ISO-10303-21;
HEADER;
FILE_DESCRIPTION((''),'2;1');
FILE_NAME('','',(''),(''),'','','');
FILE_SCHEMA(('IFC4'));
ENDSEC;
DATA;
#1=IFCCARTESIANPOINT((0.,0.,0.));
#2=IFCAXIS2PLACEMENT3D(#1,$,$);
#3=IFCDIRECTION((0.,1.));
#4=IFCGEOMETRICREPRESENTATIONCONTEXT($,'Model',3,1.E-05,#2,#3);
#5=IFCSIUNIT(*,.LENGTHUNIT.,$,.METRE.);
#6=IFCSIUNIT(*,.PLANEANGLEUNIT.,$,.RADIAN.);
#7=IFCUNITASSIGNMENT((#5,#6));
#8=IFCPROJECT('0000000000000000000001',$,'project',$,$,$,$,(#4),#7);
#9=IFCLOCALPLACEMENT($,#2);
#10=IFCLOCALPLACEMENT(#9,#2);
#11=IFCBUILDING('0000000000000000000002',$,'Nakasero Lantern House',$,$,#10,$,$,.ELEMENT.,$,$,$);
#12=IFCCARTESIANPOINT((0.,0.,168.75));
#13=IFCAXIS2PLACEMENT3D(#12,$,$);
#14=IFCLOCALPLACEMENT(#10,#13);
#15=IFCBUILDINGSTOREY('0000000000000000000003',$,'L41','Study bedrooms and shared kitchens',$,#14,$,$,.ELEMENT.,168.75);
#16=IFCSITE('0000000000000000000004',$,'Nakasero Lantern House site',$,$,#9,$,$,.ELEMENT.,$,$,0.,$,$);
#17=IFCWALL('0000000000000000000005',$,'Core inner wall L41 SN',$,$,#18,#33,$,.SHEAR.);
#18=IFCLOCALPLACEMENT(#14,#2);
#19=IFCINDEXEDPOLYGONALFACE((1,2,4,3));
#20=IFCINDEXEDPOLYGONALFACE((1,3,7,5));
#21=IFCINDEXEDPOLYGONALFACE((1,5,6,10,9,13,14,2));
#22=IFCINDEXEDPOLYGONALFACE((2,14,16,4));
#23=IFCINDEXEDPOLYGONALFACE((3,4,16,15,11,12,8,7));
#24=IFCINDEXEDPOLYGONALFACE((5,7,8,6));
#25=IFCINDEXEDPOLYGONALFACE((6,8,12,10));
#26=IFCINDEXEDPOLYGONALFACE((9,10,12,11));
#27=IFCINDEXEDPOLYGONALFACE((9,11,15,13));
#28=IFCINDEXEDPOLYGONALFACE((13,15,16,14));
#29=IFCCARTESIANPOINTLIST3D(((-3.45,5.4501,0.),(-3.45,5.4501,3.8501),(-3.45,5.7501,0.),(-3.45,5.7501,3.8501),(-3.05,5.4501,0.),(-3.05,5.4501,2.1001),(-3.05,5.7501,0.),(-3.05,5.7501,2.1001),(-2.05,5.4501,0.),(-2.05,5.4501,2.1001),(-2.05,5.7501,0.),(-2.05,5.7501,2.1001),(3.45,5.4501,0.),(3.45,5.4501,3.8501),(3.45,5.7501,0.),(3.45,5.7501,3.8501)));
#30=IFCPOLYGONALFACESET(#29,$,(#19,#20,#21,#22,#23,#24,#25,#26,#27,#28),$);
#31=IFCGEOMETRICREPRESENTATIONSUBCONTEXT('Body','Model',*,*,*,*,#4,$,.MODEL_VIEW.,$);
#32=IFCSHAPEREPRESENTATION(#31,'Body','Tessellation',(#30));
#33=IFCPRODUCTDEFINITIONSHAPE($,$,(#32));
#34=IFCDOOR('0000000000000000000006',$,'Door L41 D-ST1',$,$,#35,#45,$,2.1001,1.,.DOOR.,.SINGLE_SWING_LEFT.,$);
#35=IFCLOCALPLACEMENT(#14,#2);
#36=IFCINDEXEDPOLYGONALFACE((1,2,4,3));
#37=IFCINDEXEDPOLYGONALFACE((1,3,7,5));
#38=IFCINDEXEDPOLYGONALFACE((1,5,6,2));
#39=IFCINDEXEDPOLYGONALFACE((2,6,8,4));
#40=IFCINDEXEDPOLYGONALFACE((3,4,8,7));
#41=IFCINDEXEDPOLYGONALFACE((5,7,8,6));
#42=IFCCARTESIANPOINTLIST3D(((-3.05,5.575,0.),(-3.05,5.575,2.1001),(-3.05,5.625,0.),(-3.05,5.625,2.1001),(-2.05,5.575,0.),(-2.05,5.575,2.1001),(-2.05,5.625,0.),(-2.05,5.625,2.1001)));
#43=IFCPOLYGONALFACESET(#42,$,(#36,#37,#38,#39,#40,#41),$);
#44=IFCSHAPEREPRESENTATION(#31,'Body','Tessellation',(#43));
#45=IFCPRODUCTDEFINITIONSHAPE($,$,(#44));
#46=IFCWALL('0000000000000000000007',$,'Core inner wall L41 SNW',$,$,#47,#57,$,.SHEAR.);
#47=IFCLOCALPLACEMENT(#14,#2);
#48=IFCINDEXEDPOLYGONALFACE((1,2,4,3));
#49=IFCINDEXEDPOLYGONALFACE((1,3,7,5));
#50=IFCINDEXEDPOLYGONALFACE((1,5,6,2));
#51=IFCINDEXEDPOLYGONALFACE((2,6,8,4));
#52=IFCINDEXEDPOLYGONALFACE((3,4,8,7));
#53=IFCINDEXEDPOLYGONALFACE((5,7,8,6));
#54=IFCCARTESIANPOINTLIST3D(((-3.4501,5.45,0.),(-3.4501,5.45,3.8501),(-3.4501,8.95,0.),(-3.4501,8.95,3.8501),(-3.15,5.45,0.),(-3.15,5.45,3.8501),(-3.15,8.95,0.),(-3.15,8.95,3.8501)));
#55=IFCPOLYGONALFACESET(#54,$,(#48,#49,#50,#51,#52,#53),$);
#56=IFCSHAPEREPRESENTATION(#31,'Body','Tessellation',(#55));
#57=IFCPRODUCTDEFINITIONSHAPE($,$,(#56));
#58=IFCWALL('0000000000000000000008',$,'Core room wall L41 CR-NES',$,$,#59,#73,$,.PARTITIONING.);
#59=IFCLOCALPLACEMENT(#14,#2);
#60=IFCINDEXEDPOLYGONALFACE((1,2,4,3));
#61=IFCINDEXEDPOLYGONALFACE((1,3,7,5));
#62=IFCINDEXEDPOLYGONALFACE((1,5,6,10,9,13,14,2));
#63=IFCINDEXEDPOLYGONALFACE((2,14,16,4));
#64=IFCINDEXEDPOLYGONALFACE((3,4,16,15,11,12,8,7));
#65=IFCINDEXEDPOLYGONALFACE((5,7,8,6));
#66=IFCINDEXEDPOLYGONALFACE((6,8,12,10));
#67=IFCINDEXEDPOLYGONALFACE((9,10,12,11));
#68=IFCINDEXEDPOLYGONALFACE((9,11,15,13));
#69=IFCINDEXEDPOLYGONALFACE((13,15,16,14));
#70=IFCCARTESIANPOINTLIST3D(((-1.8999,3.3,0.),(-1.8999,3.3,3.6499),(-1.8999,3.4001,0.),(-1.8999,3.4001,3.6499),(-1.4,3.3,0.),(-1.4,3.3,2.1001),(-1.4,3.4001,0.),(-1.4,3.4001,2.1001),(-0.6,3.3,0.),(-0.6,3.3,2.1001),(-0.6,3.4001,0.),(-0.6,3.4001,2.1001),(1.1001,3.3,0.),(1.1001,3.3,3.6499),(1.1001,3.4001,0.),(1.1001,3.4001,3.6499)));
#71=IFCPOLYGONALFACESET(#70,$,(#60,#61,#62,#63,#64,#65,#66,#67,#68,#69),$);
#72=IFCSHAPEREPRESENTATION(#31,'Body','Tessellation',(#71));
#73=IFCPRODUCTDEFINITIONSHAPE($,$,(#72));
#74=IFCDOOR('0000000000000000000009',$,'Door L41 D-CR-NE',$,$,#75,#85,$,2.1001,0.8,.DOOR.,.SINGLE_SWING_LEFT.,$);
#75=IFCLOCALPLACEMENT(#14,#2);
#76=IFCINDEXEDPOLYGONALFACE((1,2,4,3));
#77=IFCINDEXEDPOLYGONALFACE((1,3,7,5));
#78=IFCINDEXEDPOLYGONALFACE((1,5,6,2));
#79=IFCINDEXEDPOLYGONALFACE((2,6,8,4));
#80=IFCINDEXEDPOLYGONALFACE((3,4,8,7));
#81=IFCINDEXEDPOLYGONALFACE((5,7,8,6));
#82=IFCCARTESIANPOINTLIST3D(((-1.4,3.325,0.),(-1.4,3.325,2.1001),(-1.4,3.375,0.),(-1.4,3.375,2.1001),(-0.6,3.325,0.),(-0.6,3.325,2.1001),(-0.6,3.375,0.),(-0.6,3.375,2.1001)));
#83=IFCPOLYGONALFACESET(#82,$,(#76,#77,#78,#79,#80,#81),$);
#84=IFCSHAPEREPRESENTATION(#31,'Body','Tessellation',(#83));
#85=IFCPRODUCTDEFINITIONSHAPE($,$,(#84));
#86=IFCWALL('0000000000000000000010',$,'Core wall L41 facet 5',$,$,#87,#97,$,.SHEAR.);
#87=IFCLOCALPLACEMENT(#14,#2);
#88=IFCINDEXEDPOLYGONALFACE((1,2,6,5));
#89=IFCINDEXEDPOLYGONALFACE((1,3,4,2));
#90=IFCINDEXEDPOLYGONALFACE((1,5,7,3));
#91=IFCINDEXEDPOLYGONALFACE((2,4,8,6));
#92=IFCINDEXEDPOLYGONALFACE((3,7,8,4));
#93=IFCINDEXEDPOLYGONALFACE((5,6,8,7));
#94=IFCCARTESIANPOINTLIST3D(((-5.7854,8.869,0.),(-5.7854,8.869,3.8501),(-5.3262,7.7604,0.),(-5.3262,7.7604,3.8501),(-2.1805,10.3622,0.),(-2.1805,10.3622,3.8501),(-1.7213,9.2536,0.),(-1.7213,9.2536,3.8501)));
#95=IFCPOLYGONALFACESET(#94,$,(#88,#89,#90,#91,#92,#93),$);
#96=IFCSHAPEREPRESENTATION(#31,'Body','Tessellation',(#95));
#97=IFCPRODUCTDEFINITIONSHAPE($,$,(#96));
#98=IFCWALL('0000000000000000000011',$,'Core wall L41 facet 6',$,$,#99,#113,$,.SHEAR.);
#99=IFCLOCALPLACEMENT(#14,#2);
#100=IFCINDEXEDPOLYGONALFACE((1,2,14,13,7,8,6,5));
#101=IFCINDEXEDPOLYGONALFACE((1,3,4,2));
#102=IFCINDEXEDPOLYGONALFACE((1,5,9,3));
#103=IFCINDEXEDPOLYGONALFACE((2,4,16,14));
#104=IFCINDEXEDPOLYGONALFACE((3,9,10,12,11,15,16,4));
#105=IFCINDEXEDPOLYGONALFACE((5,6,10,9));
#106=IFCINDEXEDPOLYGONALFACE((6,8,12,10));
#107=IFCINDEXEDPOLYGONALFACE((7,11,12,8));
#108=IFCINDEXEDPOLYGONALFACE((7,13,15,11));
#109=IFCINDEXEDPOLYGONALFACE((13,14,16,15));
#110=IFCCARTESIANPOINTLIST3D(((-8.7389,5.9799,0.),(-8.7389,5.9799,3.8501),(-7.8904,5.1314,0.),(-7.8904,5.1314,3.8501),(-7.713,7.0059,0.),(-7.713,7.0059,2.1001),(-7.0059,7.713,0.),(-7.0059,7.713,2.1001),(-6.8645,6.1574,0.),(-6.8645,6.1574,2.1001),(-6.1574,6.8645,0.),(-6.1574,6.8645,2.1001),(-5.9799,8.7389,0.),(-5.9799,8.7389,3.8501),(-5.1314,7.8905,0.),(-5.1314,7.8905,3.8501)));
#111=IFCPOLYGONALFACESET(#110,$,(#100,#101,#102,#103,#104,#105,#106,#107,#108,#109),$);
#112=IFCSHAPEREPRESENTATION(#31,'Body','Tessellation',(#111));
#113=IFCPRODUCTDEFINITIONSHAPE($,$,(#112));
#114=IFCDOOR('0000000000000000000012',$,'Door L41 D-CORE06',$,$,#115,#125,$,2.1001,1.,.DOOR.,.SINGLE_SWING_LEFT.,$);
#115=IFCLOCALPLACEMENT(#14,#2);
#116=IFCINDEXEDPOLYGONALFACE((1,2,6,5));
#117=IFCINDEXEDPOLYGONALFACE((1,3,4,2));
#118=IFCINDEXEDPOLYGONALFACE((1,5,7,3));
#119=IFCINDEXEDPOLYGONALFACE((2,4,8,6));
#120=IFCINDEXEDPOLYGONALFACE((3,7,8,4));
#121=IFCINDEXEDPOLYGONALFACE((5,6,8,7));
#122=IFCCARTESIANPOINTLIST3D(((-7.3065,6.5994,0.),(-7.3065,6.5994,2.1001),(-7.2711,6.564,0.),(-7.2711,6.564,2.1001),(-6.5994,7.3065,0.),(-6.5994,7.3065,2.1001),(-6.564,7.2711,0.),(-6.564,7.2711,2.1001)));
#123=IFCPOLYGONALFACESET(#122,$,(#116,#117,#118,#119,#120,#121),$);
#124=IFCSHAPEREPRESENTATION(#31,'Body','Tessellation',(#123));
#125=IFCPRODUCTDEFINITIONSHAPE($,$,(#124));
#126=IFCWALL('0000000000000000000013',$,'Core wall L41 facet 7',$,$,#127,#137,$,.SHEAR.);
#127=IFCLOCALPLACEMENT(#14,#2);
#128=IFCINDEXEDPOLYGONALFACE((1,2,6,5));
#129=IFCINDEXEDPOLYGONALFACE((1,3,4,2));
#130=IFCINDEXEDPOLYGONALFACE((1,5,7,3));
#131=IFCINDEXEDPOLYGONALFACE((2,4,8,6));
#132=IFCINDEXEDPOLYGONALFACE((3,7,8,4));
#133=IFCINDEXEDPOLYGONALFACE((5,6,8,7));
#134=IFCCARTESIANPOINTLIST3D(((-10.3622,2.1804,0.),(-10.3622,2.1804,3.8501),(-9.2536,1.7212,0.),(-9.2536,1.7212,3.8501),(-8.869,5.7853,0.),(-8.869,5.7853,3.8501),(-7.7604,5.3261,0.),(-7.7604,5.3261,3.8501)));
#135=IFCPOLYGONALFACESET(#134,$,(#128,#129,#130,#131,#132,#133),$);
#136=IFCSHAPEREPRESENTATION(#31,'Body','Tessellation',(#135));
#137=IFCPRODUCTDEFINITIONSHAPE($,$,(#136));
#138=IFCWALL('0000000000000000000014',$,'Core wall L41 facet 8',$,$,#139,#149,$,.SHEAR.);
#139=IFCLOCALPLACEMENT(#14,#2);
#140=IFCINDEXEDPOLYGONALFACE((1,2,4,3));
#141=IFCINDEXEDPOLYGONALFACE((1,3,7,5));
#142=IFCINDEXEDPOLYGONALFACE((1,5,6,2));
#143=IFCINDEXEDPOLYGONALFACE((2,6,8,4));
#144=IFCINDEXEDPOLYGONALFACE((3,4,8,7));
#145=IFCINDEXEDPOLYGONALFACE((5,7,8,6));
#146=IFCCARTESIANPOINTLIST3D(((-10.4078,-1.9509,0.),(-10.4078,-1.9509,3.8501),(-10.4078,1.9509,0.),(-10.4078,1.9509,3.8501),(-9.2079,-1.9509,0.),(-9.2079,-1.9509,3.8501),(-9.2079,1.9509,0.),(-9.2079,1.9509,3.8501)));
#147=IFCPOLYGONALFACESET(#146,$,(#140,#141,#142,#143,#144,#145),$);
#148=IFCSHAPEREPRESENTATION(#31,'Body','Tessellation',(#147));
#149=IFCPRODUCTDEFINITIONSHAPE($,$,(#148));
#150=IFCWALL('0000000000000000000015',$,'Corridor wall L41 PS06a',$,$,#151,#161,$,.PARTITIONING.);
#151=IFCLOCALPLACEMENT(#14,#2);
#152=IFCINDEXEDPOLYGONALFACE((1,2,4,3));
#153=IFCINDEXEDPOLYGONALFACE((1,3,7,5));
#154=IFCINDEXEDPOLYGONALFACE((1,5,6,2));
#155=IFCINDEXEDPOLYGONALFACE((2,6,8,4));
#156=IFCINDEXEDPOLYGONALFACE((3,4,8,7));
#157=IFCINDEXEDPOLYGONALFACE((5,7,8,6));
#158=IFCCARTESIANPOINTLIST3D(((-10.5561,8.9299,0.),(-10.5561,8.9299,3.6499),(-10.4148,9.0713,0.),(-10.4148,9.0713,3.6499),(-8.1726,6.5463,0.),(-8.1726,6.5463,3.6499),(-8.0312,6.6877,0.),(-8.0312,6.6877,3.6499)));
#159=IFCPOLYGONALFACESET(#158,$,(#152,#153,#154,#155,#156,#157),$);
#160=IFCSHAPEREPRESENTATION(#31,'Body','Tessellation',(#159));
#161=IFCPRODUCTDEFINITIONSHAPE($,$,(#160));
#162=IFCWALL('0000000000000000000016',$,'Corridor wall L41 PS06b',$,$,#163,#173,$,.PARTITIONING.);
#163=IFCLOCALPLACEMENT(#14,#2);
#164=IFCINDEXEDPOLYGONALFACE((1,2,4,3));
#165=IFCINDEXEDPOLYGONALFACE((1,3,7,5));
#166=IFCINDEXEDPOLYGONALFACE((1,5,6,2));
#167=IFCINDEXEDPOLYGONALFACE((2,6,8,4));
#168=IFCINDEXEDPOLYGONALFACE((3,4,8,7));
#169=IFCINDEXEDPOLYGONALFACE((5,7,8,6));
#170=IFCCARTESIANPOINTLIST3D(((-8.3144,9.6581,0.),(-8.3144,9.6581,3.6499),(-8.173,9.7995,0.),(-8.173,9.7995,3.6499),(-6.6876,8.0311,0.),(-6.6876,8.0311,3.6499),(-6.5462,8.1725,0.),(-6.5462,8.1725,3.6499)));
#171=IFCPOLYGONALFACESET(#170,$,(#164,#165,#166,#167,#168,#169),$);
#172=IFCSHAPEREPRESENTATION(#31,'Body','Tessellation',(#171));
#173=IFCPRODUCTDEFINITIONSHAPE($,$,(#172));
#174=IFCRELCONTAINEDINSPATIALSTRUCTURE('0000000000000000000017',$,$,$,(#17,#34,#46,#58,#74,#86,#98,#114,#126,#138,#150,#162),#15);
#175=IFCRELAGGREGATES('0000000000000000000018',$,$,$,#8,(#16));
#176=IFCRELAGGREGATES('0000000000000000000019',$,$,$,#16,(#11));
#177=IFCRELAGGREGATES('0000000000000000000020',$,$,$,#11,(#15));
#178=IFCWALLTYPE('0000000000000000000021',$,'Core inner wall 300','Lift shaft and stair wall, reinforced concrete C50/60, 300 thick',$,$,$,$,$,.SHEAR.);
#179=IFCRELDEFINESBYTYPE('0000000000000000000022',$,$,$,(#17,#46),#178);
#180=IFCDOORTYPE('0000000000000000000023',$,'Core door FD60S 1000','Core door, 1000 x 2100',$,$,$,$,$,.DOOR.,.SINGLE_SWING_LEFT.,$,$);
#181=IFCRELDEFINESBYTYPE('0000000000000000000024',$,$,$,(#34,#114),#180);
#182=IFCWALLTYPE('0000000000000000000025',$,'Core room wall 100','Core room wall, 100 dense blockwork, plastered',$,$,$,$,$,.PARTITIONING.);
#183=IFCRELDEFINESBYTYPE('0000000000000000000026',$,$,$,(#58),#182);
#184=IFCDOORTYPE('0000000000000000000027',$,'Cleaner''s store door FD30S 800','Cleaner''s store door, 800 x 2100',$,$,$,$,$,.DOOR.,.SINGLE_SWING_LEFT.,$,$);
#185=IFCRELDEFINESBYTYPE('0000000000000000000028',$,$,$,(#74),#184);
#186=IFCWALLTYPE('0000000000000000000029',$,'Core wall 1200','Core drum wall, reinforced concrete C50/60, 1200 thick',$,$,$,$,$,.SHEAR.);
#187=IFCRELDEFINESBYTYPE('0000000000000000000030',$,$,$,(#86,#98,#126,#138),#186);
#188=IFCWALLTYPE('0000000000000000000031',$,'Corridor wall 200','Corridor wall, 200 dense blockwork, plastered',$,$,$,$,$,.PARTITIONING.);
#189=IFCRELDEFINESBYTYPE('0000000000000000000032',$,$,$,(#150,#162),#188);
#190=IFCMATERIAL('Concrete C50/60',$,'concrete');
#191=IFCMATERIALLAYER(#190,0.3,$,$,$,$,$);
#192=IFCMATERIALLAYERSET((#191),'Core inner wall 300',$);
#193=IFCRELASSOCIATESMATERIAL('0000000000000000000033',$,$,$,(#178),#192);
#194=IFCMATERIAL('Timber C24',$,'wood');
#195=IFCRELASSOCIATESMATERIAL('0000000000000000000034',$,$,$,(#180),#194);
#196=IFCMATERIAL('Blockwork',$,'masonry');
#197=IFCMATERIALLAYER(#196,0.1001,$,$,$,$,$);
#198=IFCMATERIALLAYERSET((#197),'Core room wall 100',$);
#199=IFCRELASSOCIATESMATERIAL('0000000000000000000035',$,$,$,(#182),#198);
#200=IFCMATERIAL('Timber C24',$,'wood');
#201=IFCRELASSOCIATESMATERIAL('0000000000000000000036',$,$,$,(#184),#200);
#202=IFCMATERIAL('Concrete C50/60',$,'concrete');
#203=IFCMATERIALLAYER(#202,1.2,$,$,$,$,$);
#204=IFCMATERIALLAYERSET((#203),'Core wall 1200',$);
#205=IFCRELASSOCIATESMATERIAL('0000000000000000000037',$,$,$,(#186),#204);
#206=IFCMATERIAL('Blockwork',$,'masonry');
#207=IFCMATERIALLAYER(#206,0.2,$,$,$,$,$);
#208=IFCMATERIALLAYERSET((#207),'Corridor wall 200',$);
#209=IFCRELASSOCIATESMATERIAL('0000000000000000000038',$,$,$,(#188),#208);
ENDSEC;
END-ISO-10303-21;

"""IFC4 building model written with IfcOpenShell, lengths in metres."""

from ifc_helpers import new_model, si_unit, direction, frame, frame_2d, origin, place, context, subcontext, project, spatial, rectangle, extrude, material, layer, layer_set, type_object, element, fill, save


model = new_model("IFC4")

# Units and contexts
model_context = context("Model", 3, precision=1e-05, world=origin(), true_north=direction((0.0, 1.0)))
body_context = subcontext(model_context, "Body", "Model", "MODEL_VIEW")
ifc_project = project(units=[si_unit("LENGTHUNIT", "METRE"), si_unit("PLANEANGLEUNIT", "RADIAN")], contexts=[model_context])

# Site, building, storey
site_placement = place(None, origin())
site = spatial("IfcSite", under=ifc_project, at=site_placement, Name="Nakasero Lantern House site", CompositionType="ELEMENT", RefElevation=0.0)
building_placement = place(site_placement, origin())
building = spatial("IfcBuilding", under=site, at=building_placement, Name="Nakasero Lantern House", CompositionType="ELEMENT")
storey_placement = place(building_placement, frame((0.0, 0.0, 168.75)))
storey = spatial("IfcBuildingStorey", under=building, at=storey_placement, Name="L41", Description="Study bedrooms and shared kitchens", CompositionType="ELEMENT", Elevation=168.75)

# Shared definitions
ifc_material_1 = material(Name="Concrete C50/60", Category="concrete")
ifc_layer_1 = layer(ifc_material_1, 0.3)
ifc_layer_set_1 = layer_set([ifc_layer_1], Name="Core inner wall 300")
wall_type_1 = type_object("IfcWallType", Name="Core inner wall 300", Description="Lift shaft and stair wall, reinforced concrete C50/60, 300 thick", PredefinedType="SHEAR", material=ifc_layer_set_1)

# Wall, opening, door
wall_1_placement = place(storey_placement, frame((-3.45, 5.6001, 0.0), z_axis=(0.0, 0.0, 1.0), x_axis=(1.0, 0.0, 0.0)))
wall_1 = element("IfcWall", 1, at=wall_1_placement, inside=storey, type_object=wall_type_1, Name="Core inner wall L41 SN", PredefinedType="SHEAR", context=body_context, shape_type="SweptSolid", body=[
    extrude(rectangle(XDim=6.8999, YDim=0.3, at=frame_2d((3.45, 0.0))), origin(), (0.0, 0.0, 1.0), 3.8501),
])
opening_1_placement = place(wall_1_placement, frame((0.3999, 0.0, 0.0)))
opening_1 = element("IfcOpeningElement", 2, at=opening_1_placement, cuts=wall_1, PredefinedType="OPENING", context=body_context, shape_type="SweptSolid", body=[
    extrude(rectangle(XDim=1.0, YDim=2.1001, at=frame_2d((0.5, 1.05))), frame((0.0, 0.1699, 0.0), z_axis=(0.0, -1.0, 0.0), x_axis=(1.0, 0.0, 0.0)), (0.0, 0.0, 1.0), 0.3401),
])
ifc_material_2 = material(Name="Timber C24", Category="wood")
door_type_1 = type_object("IfcDoorType", Name="Core door FD60S 1000", Description="Core door, 1000 x 2100", OperationType="SINGLE_SWING_LEFT", PredefinedType="DOOR", material=ifc_material_2)
door_1_placement = place(opening_1_placement, origin())
door_1 = element("IfcDoor", 3, at=door_1_placement, inside=storey, type_object=door_type_1, Name="Door L41 D-ST1", OperationType="SINGLE_SWING_LEFT", OverallHeight=2.1001, OverallWidth=1.0, PredefinedType="DOOR", context=body_context, shape_type="SweptSolid", body=[
    extrude(rectangle(XDim=1.0, YDim=2.1001, at=frame_2d((0.5, 1.05))), frame((0.0, 0.0249, 0.0), z_axis=(0.0, -1.0, 0.0), x_axis=(1.0, 0.0, 0.0)), (0.0, 0.0, 1.0), 0.05),
])
fill(opening_1, door_1)

# Wall
wall_2_placement = place(storey_placement, frame((-3.3, 5.45, 0.0), z_axis=(0.0, 0.0, 1.0), x_axis=(0.0, 1.0, 0.0)))
element("IfcWall", 4, at=wall_2_placement, inside=storey, type_object=wall_type_1, Name="Core inner wall L41 SNW", PredefinedType="SHEAR", context=body_context, shape_type="SweptSolid", body=[
    extrude(rectangle(XDim=3.5, YDim=0.3, at=frame_2d((1.75, 0.0))), origin(), (0.0, 0.0, 1.0), 3.8501),
])

# Wall, opening, door
ifc_material_3 = material(Name="Blockwork", Category="masonry")
ifc_layer_2 = layer(ifc_material_3, 0.1001)
ifc_layer_set_2 = layer_set([ifc_layer_2], Name="Core room wall 100")
wall_type_2 = type_object("IfcWallType", Name="Core room wall 100", Description="Core room wall, 100 dense blockwork, plastered", PredefinedType="PARTITIONING", material=ifc_layer_set_2)
wall_3_placement = place(storey_placement, frame((-1.8999, 3.3501, 0.0), z_axis=(0.0, 0.0, 1.0), x_axis=(1.0, 0.0, 0.0)))
wall_3 = element("IfcWall", 5, at=wall_3_placement, inside=storey, type_object=wall_type_2, Name="Core room wall L41 CR-NES", PredefinedType="PARTITIONING", context=body_context, shape_type="SweptSolid", body=[
    extrude(rectangle(XDim=3.0, YDim=0.1001, at=frame_2d((1.5, 0.0))), origin(), (0.0, 0.0, 1.0), 3.6499),
])
opening_2_placement = place(wall_3_placement, frame((0.5, 0.0, 0.0)))
opening_2 = element("IfcOpeningElement", 6, at=opening_2_placement, cuts=wall_3, PredefinedType="OPENING", context=body_context, shape_type="SweptSolid", body=[
    extrude(rectangle(XDim=0.8, YDim=2.1001, at=frame_2d((0.3999, 1.05))), frame((0.0, 0.0701, 0.0), z_axis=(0.0, -1.0, 0.0), x_axis=(1.0, 0.0, 0.0)), (0.0, 0.0, 1.0), 0.1401),
])
ifc_material_4 = material(Name="Timber C24", Category="wood")
door_type_2 = type_object("IfcDoorType", Name="Cleaner's store door FD30S 800", Description="Cleaner's store door, 800 x 2100", OperationType="SINGLE_SWING_LEFT", PredefinedType="DOOR", material=ifc_material_4)
door_2_placement = place(opening_2_placement, origin())
door_2 = element("IfcDoor", 7, at=door_2_placement, inside=storey, type_object=door_type_2, Name="Door L41 D-CR-NE", OperationType="SINGLE_SWING_LEFT", OverallHeight=2.1001, OverallWidth=0.8, PredefinedType="DOOR", context=body_context, shape_type="SweptSolid", body=[
    extrude(rectangle(XDim=0.8, YDim=2.1001, at=frame_2d((0.3999, 1.05))), frame((0.0, 0.0249, 0.0), z_axis=(0.0, -1.0, 0.0), x_axis=(1.0, 0.0, 0.0)), (0.0, 0.0, 1.0), 0.05),
])
fill(opening_2, door_2)

# Wall
ifc_material_5 = material(Name="Concrete C50/60", Category="concrete")
ifc_layer_3 = layer(ifc_material_5, 1.2)
ifc_layer_set_3 = layer_set([ifc_layer_3], Name="Core wall 1200")
wall_type_3 = type_object("IfcWallType", Name="Core wall 1200", Description="Core drum wall, reinforced concrete C50/60, 1200 thick", PredefinedType="SHEAR", material=ifc_layer_set_3)
wall_4_placement = place(storey_placement, frame((-1.9509, 9.8079, 0.0), z_axis=(0.0, 0.0, 1.0), x_axis=(-0.923877, -0.382691, 0.0)))
element("IfcWall", 8, at=wall_4_placement, inside=storey, type_object=wall_type_3, Name="Core wall L41 facet 5", PredefinedType="SHEAR", context=body_context, shape_type="SweptSolid", body=[
    extrude(rectangle(XDim=3.9019, YDim=1.2, at=frame_2d((1.9509, 0.0))), origin(), (0.0, 0.0, 1.0), 3.8501),
])

# Wall, opening, door
wall_5_placement = place(storey_placement, frame((-5.5557, 8.3147, 0.0), z_axis=(0.0, 0.0, 1.0), x_axis=(-0.707107, -0.707107, 0.0)))
wall_5 = element("IfcWall", 9, at=wall_5_placement, inside=storey, type_object=wall_type_3, Name="Core wall L41 facet 6", PredefinedType="SHEAR", context=body_context, shape_type="SweptSolid", body=[
    extrude(rectangle(XDim=3.9019, YDim=1.2, at=frame_2d((1.9509, 0.0))), origin(), (0.0, 0.0, 1.0), 3.8501),
])
opening_3_placement = place(wall_5_placement, frame((1.4509, 0.0, 0.0)))
opening_3 = element("IfcOpeningElement", 10, at=opening_3_placement, cuts=wall_5, PredefinedType="OPENING", context=body_context, shape_type="SweptSolid", body=[
    extrude(rectangle(XDim=1.0, YDim=2.1001, at=frame_2d((0.5, 1.05))), frame((0.0, 0.6199, 0.0), z_axis=(0.0, -1.0, 0.0), x_axis=(1.0, 0.0, 0.0)), (0.0, 0.0, 1.0), 1.24),
])
door_3_placement = place(opening_3_placement, origin())
door_3 = element("IfcDoor", 11, at=door_3_placement, inside=storey, type_object=door_type_1, Name="Door L41 D-CORE06", OperationType="SINGLE_SWING_LEFT", OverallHeight=2.1001, OverallWidth=1.0, PredefinedType="DOOR", context=body_context, shape_type="SweptSolid", body=[
    extrude(rectangle(XDim=1.0, YDim=2.1001, at=frame_2d((0.5, 1.05))), frame((0.0, 0.0249, 0.0), z_axis=(0.0, -1.0, 0.0), x_axis=(1.0, 0.0, 0.0)), (0.0, 0.0, 1.0), 0.05),
])
fill(opening_3, door_3)

# Walls
for number, where, z_axis, x_axis, name in (
    (12, (-8.3147, 5.5557, 0.0), (0.0, 0.0, 1.0), (-0.382691, -0.923877, 0.0), "Core wall L41 facet 7"),
    (13, (-9.8079, 1.9509, 0.0), (0.0, 0.0, 1.0), (0.0, -1.0, 0.0), "Core wall L41 facet 8"),
):
    element("IfcWall", number, at=place(storey_placement, frame(where, z_axis=z_axis, x_axis=x_axis)), inside=storey, type_object=wall_type_3, Name=name, PredefinedType="SHEAR", context=body_context, shape_type="SweptSolid", body=[
        extrude(rectangle(XDim=3.9019, YDim=1.2, at=frame_2d((1.9509, 0.0))), origin(), (0.0, 0.0, 1.0), 3.8501),
    ])
ifc_material_6 = material(Name="Blockwork", Category="masonry")
ifc_layer_4 = layer(ifc_material_6, 0.2)
ifc_layer_set_4 = layer_set([ifc_layer_4], Name="Corridor wall 200")
wall_type_4 = type_object("IfcWallType", Name="Corridor wall 200", Description="Corridor wall, 200 dense blockwork, plastered", PredefinedType="PARTITIONING", material=ifc_layer_set_4)
wall_6_placement = place(storey_placement, frame((-8.1018, 6.6169, 0.0), z_axis=(0.0, 0.0, 1.0), x_axis=(-0.707107, 0.707107, 0.0)))
element("IfcWall", 14, at=wall_6_placement, inside=storey, type_object=wall_type_4, Name="Corridor wall L41 PS06a", PredefinedType="PARTITIONING", context=body_context, shape_type="SweptSolid", body=[
    extrude(rectangle(XDim=3.3708, YDim=0.2, at=frame_2d((1.6855, 0.0))), origin(), (0.0, 0.0, 1.0), 3.6499),
])
wall_7_placement = place(storey_placement, frame((-6.6169, 8.1018, 0.0), z_axis=(0.0, 0.0, 1.0), x_axis=(-0.707054, 0.70716, 0.0)))
element("IfcWall", 15, at=wall_7_placement, inside=storey, type_object=wall_type_4, Name="Corridor wall L41 PS06b", PredefinedType="PARTITIONING", context=body_context, shape_type="SweptSolid", body=[
    extrude(rectangle(XDim=2.3008, YDim=0.2, at=frame_2d((1.1504, 0.0))), origin(), (0.0, 0.0, 1.0), 3.6499),
])

save(model, "model.ifc")
